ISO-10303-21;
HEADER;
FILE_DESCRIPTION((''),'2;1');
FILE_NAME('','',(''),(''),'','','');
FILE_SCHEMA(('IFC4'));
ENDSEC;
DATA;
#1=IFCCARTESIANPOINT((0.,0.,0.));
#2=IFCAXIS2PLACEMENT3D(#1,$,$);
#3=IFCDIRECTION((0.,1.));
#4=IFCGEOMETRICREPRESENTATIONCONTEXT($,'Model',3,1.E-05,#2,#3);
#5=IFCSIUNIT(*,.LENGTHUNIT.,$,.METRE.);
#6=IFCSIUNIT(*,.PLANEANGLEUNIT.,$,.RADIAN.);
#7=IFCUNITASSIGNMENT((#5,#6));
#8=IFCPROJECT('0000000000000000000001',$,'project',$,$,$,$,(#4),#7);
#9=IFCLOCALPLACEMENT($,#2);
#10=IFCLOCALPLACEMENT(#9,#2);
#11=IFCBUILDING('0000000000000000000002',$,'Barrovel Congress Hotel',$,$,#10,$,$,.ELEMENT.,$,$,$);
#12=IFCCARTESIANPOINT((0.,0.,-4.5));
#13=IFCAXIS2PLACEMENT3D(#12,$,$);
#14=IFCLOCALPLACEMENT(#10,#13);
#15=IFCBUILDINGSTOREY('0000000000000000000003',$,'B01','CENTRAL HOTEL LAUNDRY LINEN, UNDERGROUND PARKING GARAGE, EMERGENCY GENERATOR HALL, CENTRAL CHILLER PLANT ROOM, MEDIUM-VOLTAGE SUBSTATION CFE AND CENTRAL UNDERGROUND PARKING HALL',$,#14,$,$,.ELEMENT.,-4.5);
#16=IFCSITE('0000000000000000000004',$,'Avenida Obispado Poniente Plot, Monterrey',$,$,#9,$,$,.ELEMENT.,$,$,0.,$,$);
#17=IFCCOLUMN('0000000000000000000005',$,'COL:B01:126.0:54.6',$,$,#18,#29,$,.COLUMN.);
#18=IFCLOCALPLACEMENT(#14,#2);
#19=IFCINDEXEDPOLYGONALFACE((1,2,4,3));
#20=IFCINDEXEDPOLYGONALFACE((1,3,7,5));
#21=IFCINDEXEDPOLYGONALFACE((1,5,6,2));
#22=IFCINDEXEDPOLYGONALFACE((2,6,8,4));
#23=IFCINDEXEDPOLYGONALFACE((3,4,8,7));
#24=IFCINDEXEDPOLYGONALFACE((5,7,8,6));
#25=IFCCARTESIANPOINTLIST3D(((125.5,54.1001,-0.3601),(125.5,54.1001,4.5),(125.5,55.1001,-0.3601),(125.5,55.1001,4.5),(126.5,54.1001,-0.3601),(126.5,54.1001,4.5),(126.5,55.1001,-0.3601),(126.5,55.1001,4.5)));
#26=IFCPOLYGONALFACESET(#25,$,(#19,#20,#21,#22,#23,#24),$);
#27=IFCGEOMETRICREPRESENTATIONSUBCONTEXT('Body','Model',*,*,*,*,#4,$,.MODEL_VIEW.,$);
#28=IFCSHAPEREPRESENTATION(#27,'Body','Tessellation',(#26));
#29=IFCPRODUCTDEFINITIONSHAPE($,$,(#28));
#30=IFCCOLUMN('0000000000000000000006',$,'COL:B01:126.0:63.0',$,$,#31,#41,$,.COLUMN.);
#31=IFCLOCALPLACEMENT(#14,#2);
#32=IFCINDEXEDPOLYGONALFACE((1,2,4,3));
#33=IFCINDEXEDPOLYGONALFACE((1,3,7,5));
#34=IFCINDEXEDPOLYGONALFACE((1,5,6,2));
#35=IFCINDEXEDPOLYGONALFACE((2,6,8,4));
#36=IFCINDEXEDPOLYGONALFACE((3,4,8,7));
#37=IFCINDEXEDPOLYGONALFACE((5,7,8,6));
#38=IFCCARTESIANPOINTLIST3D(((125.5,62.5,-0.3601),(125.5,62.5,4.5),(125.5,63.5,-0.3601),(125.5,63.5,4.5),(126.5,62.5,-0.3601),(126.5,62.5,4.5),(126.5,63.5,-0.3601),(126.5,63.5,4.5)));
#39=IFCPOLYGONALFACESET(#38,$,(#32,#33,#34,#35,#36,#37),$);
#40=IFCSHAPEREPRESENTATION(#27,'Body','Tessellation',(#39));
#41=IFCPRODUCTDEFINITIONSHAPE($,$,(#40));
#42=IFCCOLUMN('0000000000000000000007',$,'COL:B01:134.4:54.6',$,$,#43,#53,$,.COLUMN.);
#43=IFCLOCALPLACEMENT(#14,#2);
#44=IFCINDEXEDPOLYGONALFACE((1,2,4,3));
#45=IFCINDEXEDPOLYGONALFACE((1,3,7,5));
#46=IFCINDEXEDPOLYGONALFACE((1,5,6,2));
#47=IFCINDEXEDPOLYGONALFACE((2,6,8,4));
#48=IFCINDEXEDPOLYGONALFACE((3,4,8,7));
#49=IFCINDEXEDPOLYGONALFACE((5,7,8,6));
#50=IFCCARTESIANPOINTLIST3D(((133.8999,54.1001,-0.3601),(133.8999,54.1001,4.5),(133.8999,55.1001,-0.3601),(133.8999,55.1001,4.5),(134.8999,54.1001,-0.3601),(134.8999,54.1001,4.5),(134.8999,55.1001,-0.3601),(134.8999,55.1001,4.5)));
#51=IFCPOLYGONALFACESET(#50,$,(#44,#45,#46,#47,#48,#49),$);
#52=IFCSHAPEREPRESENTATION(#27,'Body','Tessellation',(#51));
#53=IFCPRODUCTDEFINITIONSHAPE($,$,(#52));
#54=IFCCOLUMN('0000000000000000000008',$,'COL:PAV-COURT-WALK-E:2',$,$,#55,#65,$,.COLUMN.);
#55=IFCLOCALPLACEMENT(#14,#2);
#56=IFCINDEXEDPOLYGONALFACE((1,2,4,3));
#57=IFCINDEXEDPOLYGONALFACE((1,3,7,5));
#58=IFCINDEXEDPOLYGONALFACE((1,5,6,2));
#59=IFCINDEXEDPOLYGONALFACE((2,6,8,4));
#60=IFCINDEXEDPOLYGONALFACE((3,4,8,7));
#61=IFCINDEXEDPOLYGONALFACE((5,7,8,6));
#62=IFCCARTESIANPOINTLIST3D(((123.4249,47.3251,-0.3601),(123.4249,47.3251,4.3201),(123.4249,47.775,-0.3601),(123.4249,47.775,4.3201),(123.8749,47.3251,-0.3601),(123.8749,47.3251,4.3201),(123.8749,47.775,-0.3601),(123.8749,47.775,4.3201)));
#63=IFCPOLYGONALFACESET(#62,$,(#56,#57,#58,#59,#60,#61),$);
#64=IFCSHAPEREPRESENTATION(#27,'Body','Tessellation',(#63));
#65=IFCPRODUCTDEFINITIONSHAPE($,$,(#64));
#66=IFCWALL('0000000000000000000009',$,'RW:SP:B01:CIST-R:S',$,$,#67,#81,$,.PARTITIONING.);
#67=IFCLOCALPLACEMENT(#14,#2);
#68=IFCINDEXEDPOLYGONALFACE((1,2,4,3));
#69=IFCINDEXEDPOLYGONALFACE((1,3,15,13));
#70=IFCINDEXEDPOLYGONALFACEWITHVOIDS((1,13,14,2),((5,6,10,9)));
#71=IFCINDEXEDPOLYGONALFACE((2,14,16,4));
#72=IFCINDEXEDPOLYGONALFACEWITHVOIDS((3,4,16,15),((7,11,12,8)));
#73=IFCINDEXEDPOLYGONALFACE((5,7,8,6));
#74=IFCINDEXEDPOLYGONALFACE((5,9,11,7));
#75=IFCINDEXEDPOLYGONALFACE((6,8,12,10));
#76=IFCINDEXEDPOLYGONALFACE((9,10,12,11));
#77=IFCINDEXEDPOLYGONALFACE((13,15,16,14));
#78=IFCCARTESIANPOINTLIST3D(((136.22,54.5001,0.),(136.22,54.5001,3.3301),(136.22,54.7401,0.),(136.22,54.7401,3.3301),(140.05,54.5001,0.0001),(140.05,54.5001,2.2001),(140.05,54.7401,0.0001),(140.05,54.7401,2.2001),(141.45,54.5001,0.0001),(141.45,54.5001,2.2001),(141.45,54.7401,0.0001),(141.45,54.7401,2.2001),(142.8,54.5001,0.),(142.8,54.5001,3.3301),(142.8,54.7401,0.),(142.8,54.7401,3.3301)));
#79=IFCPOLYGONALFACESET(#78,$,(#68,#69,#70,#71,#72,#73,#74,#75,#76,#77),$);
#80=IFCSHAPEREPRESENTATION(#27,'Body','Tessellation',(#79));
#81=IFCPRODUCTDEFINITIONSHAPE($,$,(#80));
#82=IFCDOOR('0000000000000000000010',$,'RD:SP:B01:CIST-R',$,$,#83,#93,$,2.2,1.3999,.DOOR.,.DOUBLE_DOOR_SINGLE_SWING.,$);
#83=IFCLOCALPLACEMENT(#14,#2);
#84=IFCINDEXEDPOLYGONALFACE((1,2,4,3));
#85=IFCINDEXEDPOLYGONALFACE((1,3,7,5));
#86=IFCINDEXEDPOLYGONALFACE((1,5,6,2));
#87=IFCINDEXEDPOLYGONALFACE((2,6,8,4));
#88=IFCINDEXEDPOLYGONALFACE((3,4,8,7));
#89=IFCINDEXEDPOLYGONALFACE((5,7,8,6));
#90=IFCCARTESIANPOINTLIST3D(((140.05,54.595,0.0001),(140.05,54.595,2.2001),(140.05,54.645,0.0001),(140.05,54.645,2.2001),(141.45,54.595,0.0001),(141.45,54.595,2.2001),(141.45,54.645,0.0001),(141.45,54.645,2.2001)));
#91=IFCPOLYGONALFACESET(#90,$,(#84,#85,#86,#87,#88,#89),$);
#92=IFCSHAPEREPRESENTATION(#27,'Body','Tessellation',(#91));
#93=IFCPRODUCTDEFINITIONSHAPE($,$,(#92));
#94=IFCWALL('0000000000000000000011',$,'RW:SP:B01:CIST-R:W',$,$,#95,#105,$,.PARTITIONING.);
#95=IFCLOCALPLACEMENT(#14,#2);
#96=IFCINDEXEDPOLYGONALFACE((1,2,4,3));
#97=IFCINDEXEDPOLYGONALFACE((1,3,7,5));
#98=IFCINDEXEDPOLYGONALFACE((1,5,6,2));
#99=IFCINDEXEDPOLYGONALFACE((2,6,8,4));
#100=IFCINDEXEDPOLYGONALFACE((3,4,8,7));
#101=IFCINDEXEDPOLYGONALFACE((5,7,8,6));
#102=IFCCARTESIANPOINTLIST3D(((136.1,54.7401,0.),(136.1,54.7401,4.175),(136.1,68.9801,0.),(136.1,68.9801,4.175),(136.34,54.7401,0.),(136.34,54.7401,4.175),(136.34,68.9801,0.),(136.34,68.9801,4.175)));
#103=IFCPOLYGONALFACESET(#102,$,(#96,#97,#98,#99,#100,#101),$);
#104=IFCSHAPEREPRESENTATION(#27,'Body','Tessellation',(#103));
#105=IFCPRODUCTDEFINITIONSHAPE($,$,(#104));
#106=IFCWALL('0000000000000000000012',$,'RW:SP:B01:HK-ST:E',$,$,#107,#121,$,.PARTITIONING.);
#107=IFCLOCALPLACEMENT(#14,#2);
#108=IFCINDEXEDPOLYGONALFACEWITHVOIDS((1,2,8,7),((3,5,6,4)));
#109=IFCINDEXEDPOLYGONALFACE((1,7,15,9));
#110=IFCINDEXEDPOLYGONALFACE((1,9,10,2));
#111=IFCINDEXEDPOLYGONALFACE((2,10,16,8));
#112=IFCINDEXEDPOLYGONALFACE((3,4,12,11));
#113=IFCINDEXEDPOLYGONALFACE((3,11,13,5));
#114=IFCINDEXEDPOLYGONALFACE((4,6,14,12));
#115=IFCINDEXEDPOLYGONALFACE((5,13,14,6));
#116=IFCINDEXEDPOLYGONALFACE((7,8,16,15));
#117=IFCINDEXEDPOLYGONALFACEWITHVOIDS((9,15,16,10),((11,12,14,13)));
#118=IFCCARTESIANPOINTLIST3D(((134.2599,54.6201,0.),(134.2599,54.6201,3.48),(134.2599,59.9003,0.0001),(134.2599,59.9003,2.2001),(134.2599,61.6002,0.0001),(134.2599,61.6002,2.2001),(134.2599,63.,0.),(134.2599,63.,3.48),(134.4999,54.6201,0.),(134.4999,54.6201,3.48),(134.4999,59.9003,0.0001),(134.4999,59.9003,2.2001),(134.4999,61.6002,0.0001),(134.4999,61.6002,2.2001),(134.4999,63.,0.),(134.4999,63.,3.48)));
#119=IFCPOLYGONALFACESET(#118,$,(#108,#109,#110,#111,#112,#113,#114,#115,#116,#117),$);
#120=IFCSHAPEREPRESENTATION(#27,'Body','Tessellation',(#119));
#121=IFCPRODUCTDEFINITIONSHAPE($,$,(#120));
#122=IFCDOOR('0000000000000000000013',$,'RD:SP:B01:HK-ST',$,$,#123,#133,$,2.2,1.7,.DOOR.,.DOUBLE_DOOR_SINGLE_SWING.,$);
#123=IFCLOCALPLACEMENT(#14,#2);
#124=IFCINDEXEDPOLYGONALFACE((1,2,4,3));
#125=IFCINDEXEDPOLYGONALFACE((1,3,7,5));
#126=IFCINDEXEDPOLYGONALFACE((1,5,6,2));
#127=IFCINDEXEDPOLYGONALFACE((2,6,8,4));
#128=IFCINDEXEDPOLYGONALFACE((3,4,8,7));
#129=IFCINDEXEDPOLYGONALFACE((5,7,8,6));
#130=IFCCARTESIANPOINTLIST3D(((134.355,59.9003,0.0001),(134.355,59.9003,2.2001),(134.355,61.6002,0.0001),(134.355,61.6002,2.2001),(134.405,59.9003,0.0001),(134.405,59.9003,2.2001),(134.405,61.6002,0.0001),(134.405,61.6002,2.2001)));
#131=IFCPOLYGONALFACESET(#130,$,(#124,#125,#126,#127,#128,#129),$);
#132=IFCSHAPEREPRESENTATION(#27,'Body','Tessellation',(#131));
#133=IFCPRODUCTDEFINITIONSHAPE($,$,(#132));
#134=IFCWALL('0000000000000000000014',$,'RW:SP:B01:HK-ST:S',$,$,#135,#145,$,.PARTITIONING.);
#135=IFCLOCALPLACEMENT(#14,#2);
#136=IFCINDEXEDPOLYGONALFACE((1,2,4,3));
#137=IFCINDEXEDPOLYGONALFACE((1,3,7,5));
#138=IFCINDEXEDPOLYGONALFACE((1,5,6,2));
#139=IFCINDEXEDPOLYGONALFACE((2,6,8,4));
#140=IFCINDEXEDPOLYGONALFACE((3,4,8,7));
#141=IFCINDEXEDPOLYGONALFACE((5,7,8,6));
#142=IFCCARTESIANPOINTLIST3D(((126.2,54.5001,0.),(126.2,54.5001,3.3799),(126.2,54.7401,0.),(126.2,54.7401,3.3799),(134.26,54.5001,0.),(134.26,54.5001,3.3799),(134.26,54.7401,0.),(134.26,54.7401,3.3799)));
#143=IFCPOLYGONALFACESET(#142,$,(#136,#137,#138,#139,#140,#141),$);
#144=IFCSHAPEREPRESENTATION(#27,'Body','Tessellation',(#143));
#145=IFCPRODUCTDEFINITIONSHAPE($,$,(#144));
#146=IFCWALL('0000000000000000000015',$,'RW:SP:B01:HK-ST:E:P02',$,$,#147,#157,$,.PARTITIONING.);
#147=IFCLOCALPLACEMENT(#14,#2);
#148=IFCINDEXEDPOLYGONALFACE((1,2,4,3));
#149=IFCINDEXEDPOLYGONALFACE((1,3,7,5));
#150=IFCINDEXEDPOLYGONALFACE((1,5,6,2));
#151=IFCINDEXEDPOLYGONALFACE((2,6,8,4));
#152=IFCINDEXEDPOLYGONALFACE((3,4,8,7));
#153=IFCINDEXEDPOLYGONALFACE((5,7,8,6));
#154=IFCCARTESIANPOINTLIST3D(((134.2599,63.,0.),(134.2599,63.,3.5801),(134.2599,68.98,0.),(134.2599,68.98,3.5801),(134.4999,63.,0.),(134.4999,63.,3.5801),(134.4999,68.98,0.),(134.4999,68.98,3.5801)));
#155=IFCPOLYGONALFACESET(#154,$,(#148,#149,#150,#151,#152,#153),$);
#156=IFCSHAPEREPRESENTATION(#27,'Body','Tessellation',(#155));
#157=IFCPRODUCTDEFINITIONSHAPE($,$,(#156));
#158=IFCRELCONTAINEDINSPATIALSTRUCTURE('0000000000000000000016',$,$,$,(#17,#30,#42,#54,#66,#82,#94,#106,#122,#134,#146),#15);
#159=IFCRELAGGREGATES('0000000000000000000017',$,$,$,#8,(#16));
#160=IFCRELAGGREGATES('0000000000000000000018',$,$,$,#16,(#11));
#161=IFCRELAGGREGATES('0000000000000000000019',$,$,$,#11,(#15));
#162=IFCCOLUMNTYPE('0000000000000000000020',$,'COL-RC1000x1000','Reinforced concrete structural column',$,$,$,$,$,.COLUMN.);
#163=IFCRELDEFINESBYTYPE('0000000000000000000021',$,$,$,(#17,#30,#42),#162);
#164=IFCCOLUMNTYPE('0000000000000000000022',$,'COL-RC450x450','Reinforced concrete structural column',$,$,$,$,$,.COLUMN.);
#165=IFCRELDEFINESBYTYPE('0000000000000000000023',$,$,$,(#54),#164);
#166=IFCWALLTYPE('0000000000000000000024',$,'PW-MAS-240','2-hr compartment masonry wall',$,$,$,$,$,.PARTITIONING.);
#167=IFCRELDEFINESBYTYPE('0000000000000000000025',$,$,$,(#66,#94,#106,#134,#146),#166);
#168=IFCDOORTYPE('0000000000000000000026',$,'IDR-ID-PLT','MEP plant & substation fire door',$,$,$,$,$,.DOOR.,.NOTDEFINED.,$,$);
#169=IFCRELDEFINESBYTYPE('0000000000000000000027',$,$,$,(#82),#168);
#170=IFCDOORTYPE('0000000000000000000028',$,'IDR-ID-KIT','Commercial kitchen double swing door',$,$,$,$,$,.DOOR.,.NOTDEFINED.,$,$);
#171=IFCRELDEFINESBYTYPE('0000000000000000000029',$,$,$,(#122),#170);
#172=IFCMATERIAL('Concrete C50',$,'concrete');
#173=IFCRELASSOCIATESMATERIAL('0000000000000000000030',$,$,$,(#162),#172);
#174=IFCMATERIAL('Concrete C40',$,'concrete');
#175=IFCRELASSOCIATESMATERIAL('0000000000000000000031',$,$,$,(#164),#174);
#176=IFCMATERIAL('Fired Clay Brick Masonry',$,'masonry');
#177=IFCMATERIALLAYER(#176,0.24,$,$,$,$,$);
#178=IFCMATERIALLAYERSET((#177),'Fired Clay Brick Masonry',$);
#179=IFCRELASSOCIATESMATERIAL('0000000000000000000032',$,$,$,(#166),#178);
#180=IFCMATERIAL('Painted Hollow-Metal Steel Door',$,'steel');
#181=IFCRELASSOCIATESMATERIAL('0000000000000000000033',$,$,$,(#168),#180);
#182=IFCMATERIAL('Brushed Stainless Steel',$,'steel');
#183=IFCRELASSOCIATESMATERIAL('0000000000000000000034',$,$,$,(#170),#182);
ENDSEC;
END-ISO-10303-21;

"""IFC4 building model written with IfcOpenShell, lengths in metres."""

from ifc_helpers import new_model, si_unit, direction, frame, frame_2d, origin, origin_2d, place, context, subcontext, project, spatial, rectangle, extrude, material, layer, layer_set, material_profile, profile_set, type_object, element, fill, save


model = new_model("IFC4")

# Units and contexts
model_context = context("Model", 3, precision=1e-05, world=origin(), true_north=direction((0.0, 1.0)))
body_context = subcontext(model_context, "Body", "Model", "MODEL_VIEW")
ifc_project = project(units=[si_unit("LENGTHUNIT", "METRE"), si_unit("PLANEANGLEUNIT", "RADIAN")], contexts=[model_context])

# Site, building, storey
site_placement = place(None, origin())
site = spatial("IfcSite", under=ifc_project, at=site_placement, Name="Avenida Obispado Poniente Plot, Monterrey", CompositionType="ELEMENT", RefElevation=0.0)
building_placement = place(site_placement, origin())
building = spatial("IfcBuilding", under=site, at=building_placement, Name="Barrovel Congress Hotel", CompositionType="ELEMENT")
storey_placement = place(building_placement, frame((0.0, 0.0, -4.5)))
storey = spatial("IfcBuildingStorey", under=building, at=storey_placement, Name="B01", Description="CENTRAL HOTEL LAUNDRY LINEN, UNDERGROUND PARKING GARAGE, EMERGENCY GENERATOR HALL, CENTRAL CHILLER PLANT ROOM, MEDIUM-VOLTAGE SUBSTATION CFE AND CENTRAL UNDERGROUND PARKING HALL", CompositionType="ELEMENT", Elevation=-4.5)

# Shared definitions
ifc_material_1 = material(Name="Concrete C40", Category="concrete")

# Columns
ifc_material_2 = material(Name="Concrete C50", Category="concrete")
ifc_material_profile_1 = material_profile(ifc_material_2, rectangle(XDim=1.0, YDim=1.0, at=origin_2d()), Name="RC1000x1000")
ifc_profile_set_1 = profile_set([ifc_material_profile_1], Name="Concrete C50")
column_type_1 = type_object("IfcColumnType", Name="COL-RC1000x1000", Description="Reinforced concrete structural column", PredefinedType="COLUMN", material=ifc_profile_set_1)
for number, where, z_axis, x_axis, name in (
    (1, (126.0, 54.6001, -0.3601), (0.0, 0.0, 1.0), (1.0, 0.0, 0.0), "COL:B01:126.0:54.6"),
    (2, (126.0, 63.0, -0.3601), (0.0, 0.0, 1.0), (1.0, 0.0, 0.0), "COL:B01:126.0:63.0"),
    (3, (134.3999, 54.6001, -0.3601), (0.0, 0.0, 1.0), (1.0, 0.0, 0.0), "COL:B01:134.4:54.6"),
):
    element("IfcColumn", number, at=place(storey_placement, frame(where, z_axis=z_axis, x_axis=x_axis)), inside=storey, type_object=column_type_1, Name=name, PredefinedType="COLUMN", context=body_context, shape_type="SweptSolid", body=[
        extrude(rectangle(XDim=1.0, YDim=1.0, at=origin_2d()), origin(), (0.0, 0.0, 1.0), 4.8601),
    ])
ifc_material_profile_2 = material_profile(ifc_material_1, rectangle(XDim=0.45, YDim=0.45, at=origin_2d()), Name="RC450x450")
ifc_profile_set_2 = profile_set([ifc_material_profile_2], Name="Concrete C40")
column_type_2 = type_object("IfcColumnType", Name="COL-RC450x450", Description="Reinforced concrete structural column", PredefinedType="COLUMN", material=ifc_profile_set_2)
column_placement = place(storey_placement, frame((123.6499, 47.55, -0.3601), z_axis=(0.0, 0.0, 1.0), x_axis=(1.0, 0.0, 0.0)))
element("IfcColumn", 4, at=column_placement, inside=storey, type_object=column_type_2, Name="COL:PAV-COURT-WALK-E:2", PredefinedType="COLUMN", context=body_context, shape_type="SweptSolid", body=[
    extrude(rectangle(XDim=0.45, YDim=0.45, at=origin_2d()), origin(), (0.0, 0.0, 1.0), 4.6802),
])

# Wall, opening, door
ifc_material_3 = material(Name="Fired Clay Brick Masonry", Category="masonry")
ifc_layer = layer(ifc_material_3, 0.24)
ifc_layer_set = layer_set([ifc_layer], Name="Fired Clay Brick Masonry")
wall_type = type_object("IfcWallType", Name="PW-MAS-240", Description="2-hr compartment masonry wall", PredefinedType="PARTITIONING", material=ifc_layer_set)
wall_1_placement = place(storey_placement, frame((136.22, 54.6201, 0.0), z_axis=(0.0, 0.0, 1.0), x_axis=(1.0, 0.0, 0.0)))
wall_1 = element("IfcWall", 5, at=wall_1_placement, inside=storey, type_object=wall_type, Name="RW:SP:B01:CIST-R:S", PredefinedType="PARTITIONING", context=body_context, shape_type="SweptSolid", body=[
    extrude(rectangle(XDim=6.5801, YDim=0.24, at=frame_2d((3.29, 0.0))), origin(), (0.0, 0.0, 1.0), 3.3301),
])
opening_1_placement = place(wall_1_placement, frame((3.8301, 0.0, 0.0)))
opening_1 = element("IfcOpeningElement", 6, at=opening_1_placement, cuts=wall_1, PredefinedType="OPENING", context=body_context, shape_type="SweptSolid", body=[
    extrude(rectangle(XDim=1.3999, YDim=2.2, at=frame_2d((0.7, 1.1001))), frame((0.0, 0.1299, 0.0), z_axis=(0.0, -1.0, 0.0), x_axis=(1.0, 0.0, 0.0)), (0.0, 0.0, 1.0), 0.26),
])
ifc_material_4 = material(Name="Painted Hollow-Metal Steel Door", Category="steel")
door_type_1 = type_object("IfcDoorType", Name="IDR-ID-PLT", Description="MEP plant & substation fire door", OperationType="NOTDEFINED", PredefinedType="DOOR", material=ifc_material_4)
door_1_placement = place(opening_1_placement, origin())
door_1 = element("IfcDoor", 7, at=door_1_placement, inside=storey, type_object=door_type_1, Name="RD:SP:B01:CIST-R", OperationType="DOUBLE_DOOR_SINGLE_SWING", OverallHeight=2.2, OverallWidth=1.3999, PredefinedType="DOOR", context=body_context, shape_type="SweptSolid", body=[
    extrude(rectangle(XDim=1.3999, YDim=2.2, at=frame_2d((0.7, 1.1001))), frame((0.0, 0.0249, 0.0), z_axis=(0.0, -1.0, 0.0), x_axis=(1.0, 0.0, 0.0)), (0.0, 0.0, 1.0), 0.05),
])
fill(opening_1, door_1)

# Wall
wall_2_placement = place(storey_placement, frame((136.22, 54.74, 0.0), z_axis=(0.0, 0.0, 1.0), x_axis=(0.0, 1.0, 0.0)))
element("IfcWall", 8, at=wall_2_placement, inside=storey, type_object=wall_type, Name="RW:SP:B01:CIST-R:W", PredefinedType="PARTITIONING", context=body_context, shape_type="SweptSolid", body=[
    extrude(rectangle(XDim=14.24, YDim=0.24, at=frame_2d((7.1201, 0.0))), origin(), (0.0, 0.0, 1.0), 4.175),
])

# Wall, opening, door
wall_3_placement = place(storey_placement, frame((134.3799, 54.6201, 0.0), z_axis=(0.0, 0.0, 1.0), x_axis=(0.0, 1.0, 0.0)))
wall_3 = element("IfcWall", 9, at=wall_3_placement, inside=storey, type_object=wall_type, Name="RW:SP:B01:HK-ST:E", PredefinedType="PARTITIONING", context=body_context, shape_type="SweptSolid", body=[
    extrude(rectangle(XDim=8.3799, YDim=0.24, at=frame_2d((4.1899, 0.0))), origin(), (0.0, 0.0, 1.0), 3.48),
])
opening_2_placement = place(wall_3_placement, frame((5.28, 0.0, 0.0)))
opening_2 = element("IfcOpeningElement", 10, at=opening_2_placement, cuts=wall_3, PredefinedType="OPENING", context=body_context, shape_type="SweptSolid", body=[
    extrude(rectangle(XDim=1.7, YDim=2.2, at=frame_2d((0.8501, 1.1001))), frame((0.0, 0.1299, 0.0), z_axis=(0.0, -1.0, 0.0), x_axis=(1.0, 0.0, 0.0)), (0.0, 0.0, 1.0), 0.26),
])
ifc_material_5 = material(Name="Brushed Stainless Steel", Category="steel")
door_type_2 = type_object("IfcDoorType", Name="IDR-ID-KIT", Description="Commercial kitchen double swing door", OperationType="NOTDEFINED", PredefinedType="DOOR", material=ifc_material_5)
door_2_placement = place(opening_2_placement, origin())
door_2 = element("IfcDoor", 11, at=door_2_placement, inside=storey, type_object=door_type_2, Name="RD:SP:B01:HK-ST", OperationType="DOUBLE_DOOR_SINGLE_SWING", OverallHeight=2.2, OverallWidth=1.7, PredefinedType="DOOR", context=body_context, shape_type="SweptSolid", body=[
    extrude(rectangle(XDim=1.7, YDim=2.2, at=frame_2d((0.8501, 1.1001))), frame((0.0, 0.0249, 0.0), z_axis=(0.0, -1.0, 0.0), x_axis=(1.0, 0.0, 0.0)), (0.0, 0.0, 1.0), 0.05),
])
fill(opening_2, door_2)

# Walls
wall_4_placement = place(storey_placement, frame((126.2, 54.6201, 0.0), z_axis=(0.0, 0.0, 1.0), x_axis=(1.0, 0.0, 0.0)))
element("IfcWall", 12, at=wall_4_placement, inside=storey, type_object=wall_type, Name="RW:SP:B01:HK-ST:S", PredefinedType="PARTITIONING", context=body_context, shape_type="SweptSolid", body=[
    extrude(rectangle(XDim=8.0601, YDim=0.24, at=frame_2d((4.03, 0.0))), origin(), (0.0, 0.0, 1.0), 3.3799),
])
wall_5_placement = place(storey_placement, frame((134.3799, 63.0, 0.0), z_axis=(0.0, 0.0, 1.0), x_axis=(0.0, 1.0, 0.0)))
element("IfcWall", 13, at=wall_5_placement, inside=storey, type_object=wall_type, Name="RW:SP:B01:HK-ST:E:P02", PredefinedType="PARTITIONING", context=body_context, shape_type="SweptSolid", body=[
    extrude(rectangle(XDim=5.98, YDim=0.24, at=frame_2d((2.99, 0.0))), origin(), (0.0, 0.0, 1.0), 3.5801),
])

save(model, "model.ifc")
